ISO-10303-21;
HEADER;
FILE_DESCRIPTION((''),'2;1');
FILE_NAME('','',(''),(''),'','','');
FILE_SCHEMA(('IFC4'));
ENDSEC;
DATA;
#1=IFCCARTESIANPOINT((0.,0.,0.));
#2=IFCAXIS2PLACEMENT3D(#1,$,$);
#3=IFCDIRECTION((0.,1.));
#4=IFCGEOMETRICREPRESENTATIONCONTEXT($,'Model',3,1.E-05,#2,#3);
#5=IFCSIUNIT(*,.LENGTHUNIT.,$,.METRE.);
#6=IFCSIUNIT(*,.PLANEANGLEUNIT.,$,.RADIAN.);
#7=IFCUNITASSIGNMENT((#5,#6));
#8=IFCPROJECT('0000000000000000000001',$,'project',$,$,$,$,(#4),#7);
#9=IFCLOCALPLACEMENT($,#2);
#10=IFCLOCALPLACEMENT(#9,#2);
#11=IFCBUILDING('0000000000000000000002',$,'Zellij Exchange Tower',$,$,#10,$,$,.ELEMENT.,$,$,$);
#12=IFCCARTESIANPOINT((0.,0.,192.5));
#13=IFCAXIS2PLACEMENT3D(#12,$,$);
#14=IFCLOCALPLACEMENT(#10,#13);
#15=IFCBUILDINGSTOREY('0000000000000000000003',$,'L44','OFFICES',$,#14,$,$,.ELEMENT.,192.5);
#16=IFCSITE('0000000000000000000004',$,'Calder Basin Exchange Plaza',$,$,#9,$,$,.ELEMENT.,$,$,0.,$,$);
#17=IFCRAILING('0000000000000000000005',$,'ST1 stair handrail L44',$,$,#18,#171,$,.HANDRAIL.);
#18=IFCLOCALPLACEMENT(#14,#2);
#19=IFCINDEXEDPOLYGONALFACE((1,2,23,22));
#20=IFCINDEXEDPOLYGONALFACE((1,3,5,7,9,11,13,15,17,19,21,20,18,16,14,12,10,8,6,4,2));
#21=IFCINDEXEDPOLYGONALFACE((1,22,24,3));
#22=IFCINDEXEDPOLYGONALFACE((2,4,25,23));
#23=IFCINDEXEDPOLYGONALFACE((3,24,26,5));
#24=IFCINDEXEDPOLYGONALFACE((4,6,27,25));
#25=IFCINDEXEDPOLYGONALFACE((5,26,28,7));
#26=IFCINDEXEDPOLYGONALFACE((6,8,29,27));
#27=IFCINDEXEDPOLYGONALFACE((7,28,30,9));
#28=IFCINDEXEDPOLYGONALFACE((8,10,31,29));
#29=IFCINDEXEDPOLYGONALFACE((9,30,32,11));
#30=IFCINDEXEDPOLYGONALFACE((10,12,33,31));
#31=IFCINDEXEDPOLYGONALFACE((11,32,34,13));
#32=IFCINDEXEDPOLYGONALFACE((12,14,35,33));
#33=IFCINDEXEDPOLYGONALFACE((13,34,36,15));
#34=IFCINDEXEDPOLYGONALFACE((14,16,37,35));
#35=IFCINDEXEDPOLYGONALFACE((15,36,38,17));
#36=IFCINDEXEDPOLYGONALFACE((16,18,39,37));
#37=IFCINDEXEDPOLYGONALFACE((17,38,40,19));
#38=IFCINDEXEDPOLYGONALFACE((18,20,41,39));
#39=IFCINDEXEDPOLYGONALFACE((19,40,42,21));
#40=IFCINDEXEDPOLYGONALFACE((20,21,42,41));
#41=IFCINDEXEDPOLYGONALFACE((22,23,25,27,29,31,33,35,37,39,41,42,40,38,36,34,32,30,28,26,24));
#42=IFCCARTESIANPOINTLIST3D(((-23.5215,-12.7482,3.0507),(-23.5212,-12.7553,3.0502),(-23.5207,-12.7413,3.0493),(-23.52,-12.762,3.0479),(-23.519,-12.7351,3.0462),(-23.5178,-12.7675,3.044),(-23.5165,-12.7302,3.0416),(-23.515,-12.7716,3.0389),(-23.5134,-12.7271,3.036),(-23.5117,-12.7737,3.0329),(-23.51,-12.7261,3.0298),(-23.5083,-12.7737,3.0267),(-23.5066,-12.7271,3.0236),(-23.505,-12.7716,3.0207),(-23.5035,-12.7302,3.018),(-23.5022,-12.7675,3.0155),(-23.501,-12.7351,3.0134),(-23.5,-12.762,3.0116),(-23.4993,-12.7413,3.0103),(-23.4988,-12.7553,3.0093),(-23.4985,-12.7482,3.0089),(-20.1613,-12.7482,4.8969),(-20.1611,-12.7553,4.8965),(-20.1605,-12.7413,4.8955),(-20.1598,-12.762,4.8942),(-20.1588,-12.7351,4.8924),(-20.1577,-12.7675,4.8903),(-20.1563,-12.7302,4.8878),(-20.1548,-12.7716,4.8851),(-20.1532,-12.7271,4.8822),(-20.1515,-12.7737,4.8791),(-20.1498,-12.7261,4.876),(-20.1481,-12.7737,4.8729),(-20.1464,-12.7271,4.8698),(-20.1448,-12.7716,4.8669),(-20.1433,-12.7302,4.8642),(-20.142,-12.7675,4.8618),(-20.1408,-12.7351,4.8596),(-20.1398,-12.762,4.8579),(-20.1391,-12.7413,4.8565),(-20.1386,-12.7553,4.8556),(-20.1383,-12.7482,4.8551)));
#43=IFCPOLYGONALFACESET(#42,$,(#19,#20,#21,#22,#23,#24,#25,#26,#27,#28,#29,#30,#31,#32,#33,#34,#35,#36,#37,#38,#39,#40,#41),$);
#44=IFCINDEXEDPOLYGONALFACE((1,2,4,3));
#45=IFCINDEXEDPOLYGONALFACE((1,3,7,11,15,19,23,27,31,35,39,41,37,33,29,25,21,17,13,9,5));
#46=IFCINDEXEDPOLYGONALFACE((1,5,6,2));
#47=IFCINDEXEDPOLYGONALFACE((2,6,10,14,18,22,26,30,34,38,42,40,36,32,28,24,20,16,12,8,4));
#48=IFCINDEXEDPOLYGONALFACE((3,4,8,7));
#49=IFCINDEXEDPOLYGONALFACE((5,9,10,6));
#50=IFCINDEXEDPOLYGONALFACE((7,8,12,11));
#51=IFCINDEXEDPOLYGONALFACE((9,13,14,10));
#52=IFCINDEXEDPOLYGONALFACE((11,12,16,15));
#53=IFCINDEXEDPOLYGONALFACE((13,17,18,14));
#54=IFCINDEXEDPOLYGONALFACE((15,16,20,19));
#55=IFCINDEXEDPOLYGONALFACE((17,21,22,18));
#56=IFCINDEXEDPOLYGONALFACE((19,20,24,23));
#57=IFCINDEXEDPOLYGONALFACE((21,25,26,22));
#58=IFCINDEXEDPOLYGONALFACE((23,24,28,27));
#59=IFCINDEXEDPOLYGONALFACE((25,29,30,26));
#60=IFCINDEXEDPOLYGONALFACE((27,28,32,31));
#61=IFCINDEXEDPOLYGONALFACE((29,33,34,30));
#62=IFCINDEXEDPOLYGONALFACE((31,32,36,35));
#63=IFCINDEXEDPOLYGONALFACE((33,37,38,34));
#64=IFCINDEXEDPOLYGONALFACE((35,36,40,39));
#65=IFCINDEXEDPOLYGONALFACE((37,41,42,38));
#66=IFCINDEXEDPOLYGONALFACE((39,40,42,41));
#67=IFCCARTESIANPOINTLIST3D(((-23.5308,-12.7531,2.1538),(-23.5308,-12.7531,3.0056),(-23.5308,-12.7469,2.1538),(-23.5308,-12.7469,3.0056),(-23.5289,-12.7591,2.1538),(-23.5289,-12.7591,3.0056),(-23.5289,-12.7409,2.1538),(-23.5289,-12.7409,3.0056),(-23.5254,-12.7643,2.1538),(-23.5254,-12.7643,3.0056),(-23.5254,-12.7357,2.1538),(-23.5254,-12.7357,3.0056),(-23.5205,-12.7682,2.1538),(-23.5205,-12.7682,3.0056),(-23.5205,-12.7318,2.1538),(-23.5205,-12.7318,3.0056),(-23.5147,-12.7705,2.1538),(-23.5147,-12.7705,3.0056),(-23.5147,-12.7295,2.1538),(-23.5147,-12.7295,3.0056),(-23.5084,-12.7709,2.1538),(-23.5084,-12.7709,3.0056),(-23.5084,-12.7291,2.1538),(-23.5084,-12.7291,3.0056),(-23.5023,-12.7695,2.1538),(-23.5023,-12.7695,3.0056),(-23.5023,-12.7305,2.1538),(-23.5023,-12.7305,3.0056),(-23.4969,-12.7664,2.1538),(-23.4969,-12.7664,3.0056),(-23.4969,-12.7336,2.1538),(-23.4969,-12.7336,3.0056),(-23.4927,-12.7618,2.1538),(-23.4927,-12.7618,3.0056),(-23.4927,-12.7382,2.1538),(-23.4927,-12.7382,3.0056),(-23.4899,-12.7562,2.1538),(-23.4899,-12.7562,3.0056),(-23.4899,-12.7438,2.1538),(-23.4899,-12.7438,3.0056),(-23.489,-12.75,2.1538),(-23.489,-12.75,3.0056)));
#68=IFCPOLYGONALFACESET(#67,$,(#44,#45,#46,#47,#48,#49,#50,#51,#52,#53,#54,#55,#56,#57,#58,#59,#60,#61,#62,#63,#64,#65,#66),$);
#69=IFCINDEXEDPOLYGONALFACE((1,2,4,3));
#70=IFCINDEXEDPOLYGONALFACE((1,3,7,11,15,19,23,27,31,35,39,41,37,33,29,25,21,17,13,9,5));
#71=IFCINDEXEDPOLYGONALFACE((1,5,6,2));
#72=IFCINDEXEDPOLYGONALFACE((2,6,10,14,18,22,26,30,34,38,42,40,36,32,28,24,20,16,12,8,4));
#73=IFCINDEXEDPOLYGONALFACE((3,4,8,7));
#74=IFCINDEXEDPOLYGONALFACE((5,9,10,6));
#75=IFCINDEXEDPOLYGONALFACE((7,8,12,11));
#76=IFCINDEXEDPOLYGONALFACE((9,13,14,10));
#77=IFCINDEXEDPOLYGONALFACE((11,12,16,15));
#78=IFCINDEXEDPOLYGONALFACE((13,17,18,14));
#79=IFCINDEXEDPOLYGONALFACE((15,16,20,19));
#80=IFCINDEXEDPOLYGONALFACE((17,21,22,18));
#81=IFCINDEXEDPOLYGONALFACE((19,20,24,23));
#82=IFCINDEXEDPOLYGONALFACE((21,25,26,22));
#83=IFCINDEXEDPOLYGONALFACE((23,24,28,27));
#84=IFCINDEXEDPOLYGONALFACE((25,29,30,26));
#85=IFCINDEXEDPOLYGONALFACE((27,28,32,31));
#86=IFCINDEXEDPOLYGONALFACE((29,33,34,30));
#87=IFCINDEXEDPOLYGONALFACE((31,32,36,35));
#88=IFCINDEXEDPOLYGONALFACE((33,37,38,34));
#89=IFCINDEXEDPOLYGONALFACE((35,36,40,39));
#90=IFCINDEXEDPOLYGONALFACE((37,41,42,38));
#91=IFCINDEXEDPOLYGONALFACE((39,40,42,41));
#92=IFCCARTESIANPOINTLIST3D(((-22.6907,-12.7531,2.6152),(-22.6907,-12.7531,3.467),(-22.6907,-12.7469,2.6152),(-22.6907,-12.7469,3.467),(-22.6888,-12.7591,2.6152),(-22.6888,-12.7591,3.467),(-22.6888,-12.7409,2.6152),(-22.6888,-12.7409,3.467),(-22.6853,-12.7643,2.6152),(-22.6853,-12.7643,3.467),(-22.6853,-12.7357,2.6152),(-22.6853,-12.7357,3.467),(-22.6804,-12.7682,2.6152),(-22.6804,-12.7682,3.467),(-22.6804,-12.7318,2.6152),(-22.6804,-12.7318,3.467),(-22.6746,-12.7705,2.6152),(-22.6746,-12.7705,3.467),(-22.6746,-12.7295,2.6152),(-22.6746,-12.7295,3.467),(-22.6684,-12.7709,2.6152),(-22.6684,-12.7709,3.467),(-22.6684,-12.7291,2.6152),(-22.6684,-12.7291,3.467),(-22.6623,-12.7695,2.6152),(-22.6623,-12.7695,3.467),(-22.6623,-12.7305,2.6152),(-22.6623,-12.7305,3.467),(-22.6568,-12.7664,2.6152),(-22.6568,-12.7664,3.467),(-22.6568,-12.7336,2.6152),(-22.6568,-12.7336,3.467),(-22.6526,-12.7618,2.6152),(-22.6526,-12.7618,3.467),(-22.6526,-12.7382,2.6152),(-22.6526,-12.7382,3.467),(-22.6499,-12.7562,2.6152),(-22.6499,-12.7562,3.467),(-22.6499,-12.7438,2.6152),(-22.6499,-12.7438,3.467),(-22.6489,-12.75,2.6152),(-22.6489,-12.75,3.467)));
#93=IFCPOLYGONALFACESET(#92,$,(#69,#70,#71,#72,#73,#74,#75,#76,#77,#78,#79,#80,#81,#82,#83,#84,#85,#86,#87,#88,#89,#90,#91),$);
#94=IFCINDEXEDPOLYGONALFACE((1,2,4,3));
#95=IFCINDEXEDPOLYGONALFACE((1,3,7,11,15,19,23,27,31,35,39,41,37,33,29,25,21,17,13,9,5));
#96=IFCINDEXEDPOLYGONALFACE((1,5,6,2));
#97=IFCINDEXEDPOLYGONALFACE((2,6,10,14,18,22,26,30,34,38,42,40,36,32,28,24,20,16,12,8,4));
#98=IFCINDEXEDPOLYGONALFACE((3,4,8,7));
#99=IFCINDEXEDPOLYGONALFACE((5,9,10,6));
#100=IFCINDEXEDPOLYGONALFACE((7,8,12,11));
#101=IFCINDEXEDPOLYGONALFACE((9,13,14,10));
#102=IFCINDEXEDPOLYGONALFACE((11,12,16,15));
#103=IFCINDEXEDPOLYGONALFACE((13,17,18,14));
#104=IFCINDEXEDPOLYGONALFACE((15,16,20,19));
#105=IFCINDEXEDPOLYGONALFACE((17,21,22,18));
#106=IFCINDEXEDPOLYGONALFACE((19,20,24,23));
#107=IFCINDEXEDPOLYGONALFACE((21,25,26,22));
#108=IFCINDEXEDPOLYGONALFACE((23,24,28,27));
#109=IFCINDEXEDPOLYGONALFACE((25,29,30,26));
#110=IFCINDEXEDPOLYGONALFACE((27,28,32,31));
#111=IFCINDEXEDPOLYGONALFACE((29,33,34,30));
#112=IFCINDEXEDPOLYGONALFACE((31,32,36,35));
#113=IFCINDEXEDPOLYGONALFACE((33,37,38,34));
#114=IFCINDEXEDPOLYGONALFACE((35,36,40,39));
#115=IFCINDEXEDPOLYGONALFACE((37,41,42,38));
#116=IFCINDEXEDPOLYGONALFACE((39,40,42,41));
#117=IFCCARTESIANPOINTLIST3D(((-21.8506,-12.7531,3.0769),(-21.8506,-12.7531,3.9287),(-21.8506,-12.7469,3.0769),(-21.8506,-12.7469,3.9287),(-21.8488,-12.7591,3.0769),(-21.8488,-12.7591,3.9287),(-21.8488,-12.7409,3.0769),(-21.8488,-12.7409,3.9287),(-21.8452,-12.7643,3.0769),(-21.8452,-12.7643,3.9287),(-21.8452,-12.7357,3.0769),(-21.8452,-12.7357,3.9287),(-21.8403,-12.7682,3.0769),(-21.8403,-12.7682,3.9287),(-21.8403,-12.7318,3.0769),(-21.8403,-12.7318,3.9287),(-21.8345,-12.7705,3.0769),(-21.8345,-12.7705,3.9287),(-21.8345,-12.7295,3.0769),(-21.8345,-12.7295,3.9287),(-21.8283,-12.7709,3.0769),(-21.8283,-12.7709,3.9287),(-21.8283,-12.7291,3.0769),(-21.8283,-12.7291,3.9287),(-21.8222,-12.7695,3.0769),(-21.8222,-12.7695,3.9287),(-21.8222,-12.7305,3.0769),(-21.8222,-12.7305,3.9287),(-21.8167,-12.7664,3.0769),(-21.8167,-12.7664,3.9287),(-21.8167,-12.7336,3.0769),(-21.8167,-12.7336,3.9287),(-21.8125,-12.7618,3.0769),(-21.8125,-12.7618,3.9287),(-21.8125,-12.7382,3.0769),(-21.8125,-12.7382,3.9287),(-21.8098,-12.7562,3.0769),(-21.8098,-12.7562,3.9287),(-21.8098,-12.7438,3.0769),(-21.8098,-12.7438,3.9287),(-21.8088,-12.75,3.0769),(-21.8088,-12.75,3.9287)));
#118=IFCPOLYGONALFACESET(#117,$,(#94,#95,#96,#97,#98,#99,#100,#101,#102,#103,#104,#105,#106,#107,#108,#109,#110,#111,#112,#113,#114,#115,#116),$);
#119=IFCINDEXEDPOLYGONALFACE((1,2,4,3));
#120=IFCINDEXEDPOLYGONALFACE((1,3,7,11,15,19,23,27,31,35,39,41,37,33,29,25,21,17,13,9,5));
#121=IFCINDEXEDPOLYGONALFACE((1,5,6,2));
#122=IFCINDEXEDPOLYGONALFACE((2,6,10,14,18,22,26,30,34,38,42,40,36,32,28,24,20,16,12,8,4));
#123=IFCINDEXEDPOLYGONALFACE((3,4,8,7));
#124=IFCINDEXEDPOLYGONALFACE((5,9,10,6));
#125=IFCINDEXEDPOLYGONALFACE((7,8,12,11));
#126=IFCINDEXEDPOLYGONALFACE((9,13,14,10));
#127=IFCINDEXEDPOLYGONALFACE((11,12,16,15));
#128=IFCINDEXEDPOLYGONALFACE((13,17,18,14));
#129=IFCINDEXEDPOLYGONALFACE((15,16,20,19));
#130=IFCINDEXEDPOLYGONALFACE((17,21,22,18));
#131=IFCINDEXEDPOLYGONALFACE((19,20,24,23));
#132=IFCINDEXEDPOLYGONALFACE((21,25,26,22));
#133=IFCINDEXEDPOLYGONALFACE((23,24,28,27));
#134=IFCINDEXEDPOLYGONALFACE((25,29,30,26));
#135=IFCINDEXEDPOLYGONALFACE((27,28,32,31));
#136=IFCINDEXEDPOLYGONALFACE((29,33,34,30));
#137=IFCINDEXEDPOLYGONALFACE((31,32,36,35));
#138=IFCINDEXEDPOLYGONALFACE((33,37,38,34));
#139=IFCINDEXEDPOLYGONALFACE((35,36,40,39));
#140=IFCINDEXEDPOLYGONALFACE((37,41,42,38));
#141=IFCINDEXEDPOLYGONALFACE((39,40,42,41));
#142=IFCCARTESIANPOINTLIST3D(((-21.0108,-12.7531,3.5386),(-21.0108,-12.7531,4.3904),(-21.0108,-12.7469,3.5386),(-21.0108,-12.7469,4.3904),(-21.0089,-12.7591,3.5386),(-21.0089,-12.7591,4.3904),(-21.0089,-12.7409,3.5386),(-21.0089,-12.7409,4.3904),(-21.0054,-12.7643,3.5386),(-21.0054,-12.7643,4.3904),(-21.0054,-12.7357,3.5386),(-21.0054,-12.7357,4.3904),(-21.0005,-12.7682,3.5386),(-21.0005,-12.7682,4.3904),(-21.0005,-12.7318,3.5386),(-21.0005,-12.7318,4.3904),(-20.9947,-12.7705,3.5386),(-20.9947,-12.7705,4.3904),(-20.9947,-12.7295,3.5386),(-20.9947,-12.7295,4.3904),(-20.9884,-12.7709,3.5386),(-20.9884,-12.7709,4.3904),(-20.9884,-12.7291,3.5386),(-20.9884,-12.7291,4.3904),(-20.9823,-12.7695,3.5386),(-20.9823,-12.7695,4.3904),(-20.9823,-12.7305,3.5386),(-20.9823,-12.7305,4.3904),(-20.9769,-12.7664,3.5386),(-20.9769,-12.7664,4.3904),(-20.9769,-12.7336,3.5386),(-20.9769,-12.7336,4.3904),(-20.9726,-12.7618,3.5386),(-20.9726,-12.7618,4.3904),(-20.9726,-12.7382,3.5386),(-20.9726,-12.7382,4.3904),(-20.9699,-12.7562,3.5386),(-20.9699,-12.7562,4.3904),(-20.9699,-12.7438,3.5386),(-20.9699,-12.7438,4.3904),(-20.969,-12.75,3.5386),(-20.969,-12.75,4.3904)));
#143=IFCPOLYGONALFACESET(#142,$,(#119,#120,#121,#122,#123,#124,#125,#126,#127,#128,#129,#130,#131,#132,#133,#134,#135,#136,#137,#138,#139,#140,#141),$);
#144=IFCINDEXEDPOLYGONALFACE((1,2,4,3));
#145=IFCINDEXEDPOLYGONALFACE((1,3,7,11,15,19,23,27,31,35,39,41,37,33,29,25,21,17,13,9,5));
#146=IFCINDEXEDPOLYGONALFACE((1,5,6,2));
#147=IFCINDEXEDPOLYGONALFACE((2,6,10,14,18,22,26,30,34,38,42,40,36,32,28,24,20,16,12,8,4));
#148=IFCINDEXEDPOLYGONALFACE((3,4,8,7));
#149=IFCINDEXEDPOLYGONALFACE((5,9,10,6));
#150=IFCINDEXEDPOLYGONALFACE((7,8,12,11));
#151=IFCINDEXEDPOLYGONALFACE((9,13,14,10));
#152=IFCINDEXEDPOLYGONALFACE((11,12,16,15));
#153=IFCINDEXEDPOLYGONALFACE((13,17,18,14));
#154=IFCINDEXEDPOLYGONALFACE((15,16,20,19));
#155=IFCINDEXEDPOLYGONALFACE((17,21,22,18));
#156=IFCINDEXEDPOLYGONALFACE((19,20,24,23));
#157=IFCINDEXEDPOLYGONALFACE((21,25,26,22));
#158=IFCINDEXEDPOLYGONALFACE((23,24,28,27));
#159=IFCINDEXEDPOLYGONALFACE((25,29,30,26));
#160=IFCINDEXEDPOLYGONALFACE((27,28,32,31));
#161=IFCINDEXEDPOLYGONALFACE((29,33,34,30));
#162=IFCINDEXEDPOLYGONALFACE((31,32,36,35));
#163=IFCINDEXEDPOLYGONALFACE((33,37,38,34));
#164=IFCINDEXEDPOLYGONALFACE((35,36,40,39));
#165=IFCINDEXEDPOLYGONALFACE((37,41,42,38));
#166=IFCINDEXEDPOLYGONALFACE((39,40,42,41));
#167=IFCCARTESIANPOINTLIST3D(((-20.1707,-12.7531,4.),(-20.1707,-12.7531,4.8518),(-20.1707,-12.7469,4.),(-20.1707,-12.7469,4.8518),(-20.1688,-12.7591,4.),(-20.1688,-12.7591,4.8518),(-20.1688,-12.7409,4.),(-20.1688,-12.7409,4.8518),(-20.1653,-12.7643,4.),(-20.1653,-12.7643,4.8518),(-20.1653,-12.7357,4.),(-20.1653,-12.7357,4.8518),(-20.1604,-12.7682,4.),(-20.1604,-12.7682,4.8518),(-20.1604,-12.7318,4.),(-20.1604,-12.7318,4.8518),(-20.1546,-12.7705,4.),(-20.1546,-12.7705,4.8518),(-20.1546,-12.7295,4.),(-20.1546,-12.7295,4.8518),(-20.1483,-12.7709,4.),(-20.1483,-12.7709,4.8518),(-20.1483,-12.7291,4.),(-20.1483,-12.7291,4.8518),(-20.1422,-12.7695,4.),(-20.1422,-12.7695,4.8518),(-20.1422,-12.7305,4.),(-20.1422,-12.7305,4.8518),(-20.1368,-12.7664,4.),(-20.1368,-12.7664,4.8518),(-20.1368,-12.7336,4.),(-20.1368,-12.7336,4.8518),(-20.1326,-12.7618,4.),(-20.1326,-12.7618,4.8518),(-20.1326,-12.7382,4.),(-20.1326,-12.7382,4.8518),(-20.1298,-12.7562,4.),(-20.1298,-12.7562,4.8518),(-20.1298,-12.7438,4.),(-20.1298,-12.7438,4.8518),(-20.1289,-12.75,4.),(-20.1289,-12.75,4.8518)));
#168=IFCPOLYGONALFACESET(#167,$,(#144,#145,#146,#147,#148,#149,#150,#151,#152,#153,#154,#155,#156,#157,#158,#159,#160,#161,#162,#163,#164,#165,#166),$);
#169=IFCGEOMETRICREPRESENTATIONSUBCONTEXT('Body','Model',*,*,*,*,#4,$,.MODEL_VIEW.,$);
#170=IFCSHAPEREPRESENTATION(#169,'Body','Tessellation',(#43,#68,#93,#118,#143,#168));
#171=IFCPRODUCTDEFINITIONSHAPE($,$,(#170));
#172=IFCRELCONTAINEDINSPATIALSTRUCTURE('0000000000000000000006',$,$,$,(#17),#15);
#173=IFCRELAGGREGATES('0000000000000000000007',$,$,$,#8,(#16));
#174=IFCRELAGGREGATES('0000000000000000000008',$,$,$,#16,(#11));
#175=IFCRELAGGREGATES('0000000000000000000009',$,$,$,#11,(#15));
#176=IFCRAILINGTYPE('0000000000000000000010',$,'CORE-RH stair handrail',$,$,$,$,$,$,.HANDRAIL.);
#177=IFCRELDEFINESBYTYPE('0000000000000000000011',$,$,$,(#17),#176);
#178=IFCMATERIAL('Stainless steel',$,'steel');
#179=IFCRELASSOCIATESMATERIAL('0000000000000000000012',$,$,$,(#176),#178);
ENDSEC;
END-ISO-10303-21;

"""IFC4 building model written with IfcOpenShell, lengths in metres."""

from ifc_helpers import new_model, si_unit, direction, frame, origin, origin_2d, place, context, subcontext, project, spatial, circle, extrude, material, type_object, element, save


model = new_model("IFC4")

# Units and contexts
model_context = context("Model", 3, precision=1e-05, world=origin(), true_north=direction((0.0, 1.0)))
body_context = subcontext(model_context, "Body", "Model", "MODEL_VIEW")
ifc_project = project(units=[si_unit("LENGTHUNIT", "METRE"), si_unit("PLANEANGLEUNIT", "RADIAN")], contexts=[model_context])

# Site, building, storey
site_placement = place(None, origin())
site = spatial("IfcSite", under=ifc_project, at=site_placement, Name="Calder Basin Exchange Plaza", CompositionType="ELEMENT", RefElevation=0.0)
building_placement = place(site_placement, origin())
building = spatial("IfcBuilding", under=site, at=building_placement, Name="Zellij Exchange Tower", CompositionType="ELEMENT")
storey_placement = place(building_placement, frame((0.0, 0.0, 192.5)))
storey = spatial("IfcBuildingStorey", under=building, at=storey_placement, Name="L44", Description="OFFICES", CompositionType="ELEMENT", Elevation=192.5)

# Railing
ifc_material_1 = material(Name="Stainless steel", Category="steel")
railing_type_1 = type_object("IfcRailingType", Name="CORE-RH stair handrail", PredefinedType="HANDRAIL", material=ifc_material_1)
railing_1_placement = place(storey_placement, frame((-23.51, -12.75, 2.1538)))
element("IfcRailing", 1, at=railing_1_placement, inside=storey, type_object=railing_type_1, Name="ST1 stair handrail L44", PredefinedType="HANDRAIL", context=body_context, shape_type="SweptSolid", body=[
    extrude(circle(Radius=0.0239, at=origin_2d()), frame((0.0, 0.0, 0.876), z_axis=(0.876422, 0.0, 0.481545), x_axis=(0.0, 1.0, 0.0)), (0.0, 0.0, 1.0), 3.834),
    extrude(circle(Radius=0.021, at=origin_2d()), origin(), (0.0, 0.0, 1.0), 0.8518),
    extrude(circle(Radius=0.021, at=origin_2d()), frame((0.8401, 0.0, 0.4614)), (0.0, 0.0, 1.0), 0.8518),
    extrude(circle(Radius=0.021, at=origin_2d()), frame((1.6802, 0.0, 0.9231)), (0.0, 0.0, 1.0), 0.8518),
    extrude(circle(Radius=0.021, at=origin_2d()), frame((2.52, 0.0, 1.3848)), (0.0, 0.0, 1.0), 0.8518),
    extrude(circle(Radius=0.021, at=origin_2d()), frame((3.3601, 0.0, 1.8462)), (0.0, 0.0, 1.0), 0.8518),
])

save(model, "model.ifc")
